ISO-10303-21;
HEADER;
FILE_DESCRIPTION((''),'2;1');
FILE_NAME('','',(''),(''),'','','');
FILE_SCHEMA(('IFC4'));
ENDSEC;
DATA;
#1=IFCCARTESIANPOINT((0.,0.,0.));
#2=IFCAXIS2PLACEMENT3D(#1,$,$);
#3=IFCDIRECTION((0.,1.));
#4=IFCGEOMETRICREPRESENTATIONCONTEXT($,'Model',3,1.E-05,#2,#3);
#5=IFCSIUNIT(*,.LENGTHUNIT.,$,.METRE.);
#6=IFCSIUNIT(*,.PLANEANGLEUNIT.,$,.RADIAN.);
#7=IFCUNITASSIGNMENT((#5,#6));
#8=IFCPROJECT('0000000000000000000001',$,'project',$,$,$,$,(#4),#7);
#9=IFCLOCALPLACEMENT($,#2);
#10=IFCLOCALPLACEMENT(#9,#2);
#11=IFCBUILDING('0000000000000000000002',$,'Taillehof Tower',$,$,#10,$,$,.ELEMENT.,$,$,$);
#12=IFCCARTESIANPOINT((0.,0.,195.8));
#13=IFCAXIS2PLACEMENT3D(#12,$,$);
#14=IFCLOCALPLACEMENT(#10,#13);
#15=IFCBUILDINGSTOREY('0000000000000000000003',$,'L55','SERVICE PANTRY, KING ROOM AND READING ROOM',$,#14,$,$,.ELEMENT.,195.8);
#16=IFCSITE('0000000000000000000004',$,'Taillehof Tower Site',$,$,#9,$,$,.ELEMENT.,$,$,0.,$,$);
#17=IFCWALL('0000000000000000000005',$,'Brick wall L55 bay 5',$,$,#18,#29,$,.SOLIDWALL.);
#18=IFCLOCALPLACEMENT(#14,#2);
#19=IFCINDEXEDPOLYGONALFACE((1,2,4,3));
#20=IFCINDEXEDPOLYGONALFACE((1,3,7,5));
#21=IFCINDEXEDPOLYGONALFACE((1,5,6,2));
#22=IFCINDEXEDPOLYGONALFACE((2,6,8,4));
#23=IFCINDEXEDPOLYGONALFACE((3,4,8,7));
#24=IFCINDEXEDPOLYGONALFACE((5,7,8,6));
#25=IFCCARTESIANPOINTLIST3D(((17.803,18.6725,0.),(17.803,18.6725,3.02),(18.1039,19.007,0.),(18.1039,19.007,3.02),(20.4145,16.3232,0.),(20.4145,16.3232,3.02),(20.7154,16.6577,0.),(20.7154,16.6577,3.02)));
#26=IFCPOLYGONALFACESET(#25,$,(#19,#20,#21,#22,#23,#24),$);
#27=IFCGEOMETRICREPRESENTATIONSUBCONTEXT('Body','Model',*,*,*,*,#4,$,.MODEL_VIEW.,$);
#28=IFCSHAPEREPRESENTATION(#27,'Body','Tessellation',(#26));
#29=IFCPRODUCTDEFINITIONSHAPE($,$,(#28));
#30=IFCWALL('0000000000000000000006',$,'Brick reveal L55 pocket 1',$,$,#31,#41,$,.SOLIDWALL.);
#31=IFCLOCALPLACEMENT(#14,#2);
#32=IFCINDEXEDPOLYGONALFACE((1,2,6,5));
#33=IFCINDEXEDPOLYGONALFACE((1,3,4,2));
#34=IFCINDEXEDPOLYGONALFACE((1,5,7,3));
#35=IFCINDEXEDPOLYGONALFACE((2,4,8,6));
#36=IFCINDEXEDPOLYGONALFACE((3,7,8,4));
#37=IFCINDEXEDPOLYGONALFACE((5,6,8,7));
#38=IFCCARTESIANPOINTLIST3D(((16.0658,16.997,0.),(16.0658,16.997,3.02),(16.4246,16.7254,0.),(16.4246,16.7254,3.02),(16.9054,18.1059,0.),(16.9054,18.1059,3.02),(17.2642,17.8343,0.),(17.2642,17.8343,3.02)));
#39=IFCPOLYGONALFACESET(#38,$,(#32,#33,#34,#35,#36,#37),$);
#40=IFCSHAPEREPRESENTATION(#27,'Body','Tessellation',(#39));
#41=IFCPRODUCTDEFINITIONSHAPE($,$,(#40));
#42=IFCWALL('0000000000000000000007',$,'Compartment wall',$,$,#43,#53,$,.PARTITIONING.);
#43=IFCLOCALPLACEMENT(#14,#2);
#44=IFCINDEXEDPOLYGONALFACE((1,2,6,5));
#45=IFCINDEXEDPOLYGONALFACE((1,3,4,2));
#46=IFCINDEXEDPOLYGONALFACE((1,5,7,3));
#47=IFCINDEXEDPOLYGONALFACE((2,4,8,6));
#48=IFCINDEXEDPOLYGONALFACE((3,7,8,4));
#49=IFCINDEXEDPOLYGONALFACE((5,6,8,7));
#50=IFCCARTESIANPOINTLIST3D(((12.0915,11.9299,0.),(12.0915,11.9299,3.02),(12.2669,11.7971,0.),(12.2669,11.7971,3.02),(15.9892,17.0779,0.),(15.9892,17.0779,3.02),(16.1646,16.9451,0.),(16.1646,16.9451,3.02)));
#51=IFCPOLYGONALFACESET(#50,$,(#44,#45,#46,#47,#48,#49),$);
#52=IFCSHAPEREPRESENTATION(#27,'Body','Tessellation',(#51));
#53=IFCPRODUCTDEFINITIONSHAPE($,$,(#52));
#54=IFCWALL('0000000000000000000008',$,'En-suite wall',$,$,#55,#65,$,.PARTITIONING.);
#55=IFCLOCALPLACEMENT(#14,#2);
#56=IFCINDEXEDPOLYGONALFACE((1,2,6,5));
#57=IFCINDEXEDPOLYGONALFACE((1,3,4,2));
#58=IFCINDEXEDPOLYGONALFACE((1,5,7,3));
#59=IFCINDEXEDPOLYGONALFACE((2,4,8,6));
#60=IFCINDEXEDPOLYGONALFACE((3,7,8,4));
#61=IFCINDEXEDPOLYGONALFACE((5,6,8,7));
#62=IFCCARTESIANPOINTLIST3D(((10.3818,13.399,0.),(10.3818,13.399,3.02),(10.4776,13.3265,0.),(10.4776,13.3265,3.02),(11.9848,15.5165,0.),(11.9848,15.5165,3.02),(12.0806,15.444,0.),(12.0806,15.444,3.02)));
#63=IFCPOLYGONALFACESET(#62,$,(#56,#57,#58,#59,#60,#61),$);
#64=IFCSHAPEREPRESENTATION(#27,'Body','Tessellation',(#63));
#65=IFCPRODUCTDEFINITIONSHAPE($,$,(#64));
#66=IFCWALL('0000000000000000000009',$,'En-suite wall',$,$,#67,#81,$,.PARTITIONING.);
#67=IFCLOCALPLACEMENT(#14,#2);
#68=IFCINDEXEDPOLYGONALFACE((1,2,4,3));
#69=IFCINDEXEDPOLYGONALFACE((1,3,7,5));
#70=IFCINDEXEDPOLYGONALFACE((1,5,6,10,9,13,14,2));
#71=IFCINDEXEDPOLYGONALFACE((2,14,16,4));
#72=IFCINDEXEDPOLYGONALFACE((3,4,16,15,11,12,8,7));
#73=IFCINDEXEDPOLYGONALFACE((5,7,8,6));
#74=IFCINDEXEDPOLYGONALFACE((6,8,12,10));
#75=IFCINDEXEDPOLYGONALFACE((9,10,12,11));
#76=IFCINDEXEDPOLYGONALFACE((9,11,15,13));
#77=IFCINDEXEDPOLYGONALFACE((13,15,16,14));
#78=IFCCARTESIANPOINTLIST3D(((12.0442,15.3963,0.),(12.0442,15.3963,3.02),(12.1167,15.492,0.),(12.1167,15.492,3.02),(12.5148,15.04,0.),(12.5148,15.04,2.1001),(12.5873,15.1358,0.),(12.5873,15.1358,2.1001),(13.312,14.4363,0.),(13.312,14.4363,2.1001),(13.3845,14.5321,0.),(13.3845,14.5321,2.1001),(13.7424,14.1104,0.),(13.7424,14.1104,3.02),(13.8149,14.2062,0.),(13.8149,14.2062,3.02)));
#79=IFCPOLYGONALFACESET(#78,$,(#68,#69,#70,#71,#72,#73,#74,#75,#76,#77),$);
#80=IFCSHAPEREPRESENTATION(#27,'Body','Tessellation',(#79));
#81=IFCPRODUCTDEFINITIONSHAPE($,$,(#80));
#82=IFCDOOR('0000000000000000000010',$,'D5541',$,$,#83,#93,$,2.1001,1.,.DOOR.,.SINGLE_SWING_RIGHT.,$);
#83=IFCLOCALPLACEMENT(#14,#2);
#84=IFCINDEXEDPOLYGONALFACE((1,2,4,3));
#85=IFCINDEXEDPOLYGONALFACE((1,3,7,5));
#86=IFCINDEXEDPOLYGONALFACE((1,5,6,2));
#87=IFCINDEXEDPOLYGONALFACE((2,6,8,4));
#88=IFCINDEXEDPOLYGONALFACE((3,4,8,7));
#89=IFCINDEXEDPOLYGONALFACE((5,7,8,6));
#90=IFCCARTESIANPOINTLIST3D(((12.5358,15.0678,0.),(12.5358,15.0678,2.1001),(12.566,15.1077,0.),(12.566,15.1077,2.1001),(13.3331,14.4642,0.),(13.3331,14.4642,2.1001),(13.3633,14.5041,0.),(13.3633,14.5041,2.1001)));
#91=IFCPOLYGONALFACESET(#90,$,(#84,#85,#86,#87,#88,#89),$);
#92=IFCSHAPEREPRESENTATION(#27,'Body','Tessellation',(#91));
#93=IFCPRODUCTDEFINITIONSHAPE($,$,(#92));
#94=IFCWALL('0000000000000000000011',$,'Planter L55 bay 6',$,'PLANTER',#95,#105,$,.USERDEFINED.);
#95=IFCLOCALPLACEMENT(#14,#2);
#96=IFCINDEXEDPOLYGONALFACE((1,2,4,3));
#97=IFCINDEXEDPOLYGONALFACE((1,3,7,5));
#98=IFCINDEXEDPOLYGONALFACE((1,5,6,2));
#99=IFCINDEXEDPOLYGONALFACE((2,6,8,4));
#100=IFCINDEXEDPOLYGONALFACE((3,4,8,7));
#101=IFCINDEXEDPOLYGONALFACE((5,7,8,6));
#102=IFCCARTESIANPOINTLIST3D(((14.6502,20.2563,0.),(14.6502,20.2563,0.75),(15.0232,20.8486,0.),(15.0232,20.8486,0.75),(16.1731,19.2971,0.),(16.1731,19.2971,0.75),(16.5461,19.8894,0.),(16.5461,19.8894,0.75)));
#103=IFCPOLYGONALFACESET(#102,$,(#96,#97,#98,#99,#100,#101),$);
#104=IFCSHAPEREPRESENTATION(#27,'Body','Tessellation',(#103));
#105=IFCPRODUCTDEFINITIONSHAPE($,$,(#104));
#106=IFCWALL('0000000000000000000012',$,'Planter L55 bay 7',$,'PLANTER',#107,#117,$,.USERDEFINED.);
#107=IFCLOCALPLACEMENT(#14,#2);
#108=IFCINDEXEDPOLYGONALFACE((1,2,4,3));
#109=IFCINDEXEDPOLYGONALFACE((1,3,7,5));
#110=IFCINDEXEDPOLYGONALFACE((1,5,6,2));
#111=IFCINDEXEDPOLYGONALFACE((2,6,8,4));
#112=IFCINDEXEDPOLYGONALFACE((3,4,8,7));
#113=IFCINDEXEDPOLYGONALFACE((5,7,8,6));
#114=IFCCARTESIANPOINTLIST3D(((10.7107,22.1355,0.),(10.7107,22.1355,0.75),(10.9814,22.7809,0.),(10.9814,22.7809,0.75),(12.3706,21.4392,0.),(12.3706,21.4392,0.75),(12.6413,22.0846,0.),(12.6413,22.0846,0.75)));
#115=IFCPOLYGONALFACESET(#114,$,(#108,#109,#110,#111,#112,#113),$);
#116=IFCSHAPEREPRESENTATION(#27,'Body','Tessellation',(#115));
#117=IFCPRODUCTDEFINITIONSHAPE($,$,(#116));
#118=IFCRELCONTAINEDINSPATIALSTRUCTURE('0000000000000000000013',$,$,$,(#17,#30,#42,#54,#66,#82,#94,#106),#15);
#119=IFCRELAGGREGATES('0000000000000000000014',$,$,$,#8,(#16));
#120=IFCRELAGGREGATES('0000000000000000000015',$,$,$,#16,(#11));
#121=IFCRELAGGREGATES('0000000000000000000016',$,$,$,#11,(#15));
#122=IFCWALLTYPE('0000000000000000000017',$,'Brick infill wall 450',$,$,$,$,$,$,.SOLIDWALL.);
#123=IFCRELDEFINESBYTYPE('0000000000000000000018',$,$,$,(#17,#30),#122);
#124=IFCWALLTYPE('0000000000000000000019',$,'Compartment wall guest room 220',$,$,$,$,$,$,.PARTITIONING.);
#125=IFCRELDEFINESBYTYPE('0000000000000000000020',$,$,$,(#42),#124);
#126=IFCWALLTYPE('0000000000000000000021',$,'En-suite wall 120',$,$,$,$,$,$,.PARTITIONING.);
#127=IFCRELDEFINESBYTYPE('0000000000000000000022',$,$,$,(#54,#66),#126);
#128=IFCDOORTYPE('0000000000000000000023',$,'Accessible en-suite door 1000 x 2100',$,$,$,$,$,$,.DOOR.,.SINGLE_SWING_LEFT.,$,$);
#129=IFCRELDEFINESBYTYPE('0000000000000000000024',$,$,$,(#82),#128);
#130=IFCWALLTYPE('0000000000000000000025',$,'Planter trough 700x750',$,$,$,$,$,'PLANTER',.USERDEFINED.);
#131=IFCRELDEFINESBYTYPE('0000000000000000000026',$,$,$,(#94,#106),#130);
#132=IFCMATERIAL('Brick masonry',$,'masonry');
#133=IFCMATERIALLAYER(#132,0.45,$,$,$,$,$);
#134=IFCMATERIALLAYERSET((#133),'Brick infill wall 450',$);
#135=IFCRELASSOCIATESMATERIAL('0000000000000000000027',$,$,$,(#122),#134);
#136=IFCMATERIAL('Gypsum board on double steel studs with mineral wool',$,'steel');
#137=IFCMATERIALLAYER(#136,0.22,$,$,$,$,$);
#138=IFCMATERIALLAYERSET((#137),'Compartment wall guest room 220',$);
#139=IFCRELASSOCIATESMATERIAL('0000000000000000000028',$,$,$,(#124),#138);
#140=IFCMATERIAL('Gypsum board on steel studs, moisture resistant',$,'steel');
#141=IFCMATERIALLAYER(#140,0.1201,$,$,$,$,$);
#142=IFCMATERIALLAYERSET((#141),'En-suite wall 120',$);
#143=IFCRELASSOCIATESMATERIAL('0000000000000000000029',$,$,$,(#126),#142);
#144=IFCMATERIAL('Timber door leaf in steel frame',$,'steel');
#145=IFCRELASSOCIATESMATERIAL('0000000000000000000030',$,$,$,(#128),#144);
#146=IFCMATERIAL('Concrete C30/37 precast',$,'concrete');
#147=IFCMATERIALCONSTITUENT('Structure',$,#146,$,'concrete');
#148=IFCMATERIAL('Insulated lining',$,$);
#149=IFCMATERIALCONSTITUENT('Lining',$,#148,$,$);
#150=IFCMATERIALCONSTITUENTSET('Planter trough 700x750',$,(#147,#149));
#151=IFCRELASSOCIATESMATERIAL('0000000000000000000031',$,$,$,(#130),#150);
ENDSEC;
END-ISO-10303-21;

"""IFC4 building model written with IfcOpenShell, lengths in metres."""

from ifc_helpers import new_model, si_unit, direction, frame, frame_2d, origin, place, context, subcontext, project, spatial, rectangle, extrude, material, layer, layer_set, constituent, constituent_set, type_object, element, fill, save


model = new_model("IFC4")

# Units and contexts
model_context = context("Model", 3, precision=1e-05, world=origin(), true_north=direction((0.0, 1.0)))
body_context = subcontext(model_context, "Body", "Model", "MODEL_VIEW")
ifc_project = project(units=[si_unit("LENGTHUNIT", "METRE"), si_unit("PLANEANGLEUNIT", "RADIAN")], contexts=[model_context])

# Site, building, storey
site_placement = place(None, origin())
site = spatial("IfcSite", under=ifc_project, at=site_placement, Name="Taillehof Tower Site", CompositionType="ELEMENT", RefElevation=0.0)
building_placement = place(site_placement, origin())
building = spatial("IfcBuilding", under=site, at=building_placement, Name="Taillehof Tower", CompositionType="ELEMENT")
storey_placement = place(building_placement, frame((0.0, 0.0, 195.8)))
storey = spatial("IfcBuildingStorey", under=building, at=storey_placement, Name="L55", Description="SERVICE PANTRY, KING ROOM AND READING ROOM", CompositionType="ELEMENT", Elevation=195.8)

# Shared definitions
ifc_material_1 = material(Name="Brick masonry", Category="masonry")
ifc_layer_1 = layer(ifc_material_1, 0.45)
ifc_layer_set_1 = layer_set([ifc_layer_1], Name="Brick infill wall 450")
wall_type_1 = type_object("IfcWallType", Name="Brick infill wall 450", PredefinedType="SOLIDWALL", material=ifc_layer_set_1)

# Walls
wall_1_placement = place(storey_placement, frame((20.5649, 16.4905, 0.0), z_axis=(0.0, 0.0, 1.0), x_axis=(-0.743443, 0.6688, 0.0)))
element("IfcWall", 1, at=wall_1_placement, inside=storey, type_object=wall_type_1, Name="Brick wall L55 bay 5", PredefinedType="SOLIDWALL", context=body_context, shape_type="SweptSolid", body=[
    extrude(rectangle(XDim=3.5127, YDim=0.45, at=frame_2d((1.7563, 0.0))), origin(), (0.0, 0.0, 1.0), 3.02),
])
wall_2_placement = place(storey_placement, frame((17.0847, 17.97, 0.0), z_axis=(0.0, 0.0, 1.0), x_axis=(-0.603645, -0.797253, 0.0)))
element("IfcWall", 2, at=wall_2_placement, inside=storey, type_object=wall_type_1, Name="Brick reveal L55 pocket 1", PredefinedType="SOLIDWALL", context=body_context, shape_type="SweptSolid", body=[
    extrude(rectangle(XDim=1.3909, YDim=0.45, at=frame_2d((0.6953, 0.0))), origin(), (0.0, 0.0, 1.0), 3.02),
])

# Walls
ifc_material_2 = material(Name="Gypsum board on double steel studs with mineral wool", Category="steel")
ifc_layer_2 = layer(ifc_material_2, 0.22)
ifc_layer_set_2 = layer_set([ifc_layer_2], Name="Compartment wall guest room 220")
wall_type_2 = type_object("IfcWallType", Name="Compartment wall guest room 220", PredefinedType="PARTITIONING", material=ifc_layer_set_2)
wall_3_placement = place(storey_placement, frame((16.0769, 17.0115, 0.0), z_axis=(0.0, 0.0, 1.0), x_axis=(-0.603636, -0.79726, 0.0)))
element("IfcWall", 3, at=wall_3_placement, inside=storey, type_object=wall_type_2, Name="Compartment wall", PredefinedType="PARTITIONING", context=body_context, shape_type="SweptSolid", body=[
    extrude(rectangle(XDim=6.457, YDim=0.22, at=frame_2d((3.2285, 0.0))), origin(), (0.0, 0.0, 1.0), 3.02),
])
ifc_material_3 = material(Name="Gypsum board on steel studs, moisture resistant", Category="steel")
ifc_layer_3 = layer(ifc_material_3, 0.1201)
ifc_layer_set_3 = layer_set([ifc_layer_3], Name="En-suite wall 120")
wall_type_3 = type_object("IfcWallType", Name="En-suite wall 120", PredefinedType="PARTITIONING", material=ifc_layer_set_3)
wall_4_placement = place(storey_placement, frame((10.4297, 13.3628, 0.0), z_axis=(0.0, 0.0, 1.0), x_axis=(0.603597, 0.797289, 0.0)))
element("IfcWall", 4, at=wall_4_placement, inside=storey, type_object=wall_type_3, Name="En-suite wall", PredefinedType="PARTITIONING", context=body_context, shape_type="SweptSolid", body=[
    extrude(rectangle(XDim=2.6558, YDim=0.1201, at=frame_2d((1.3279, 0.0))), origin(), (0.0, 0.0, 1.0), 3.02),
])

# Wall, opening, door
wall_5_placement = place(storey_placement, frame((12.0806, 15.4441, 0.0), z_axis=(0.0, 0.0, 1.0), x_axis=(0.797241, -0.603661, 0.0)))
wall_5 = element("IfcWall", 5, at=wall_5_placement, inside=storey, type_object=wall_type_3, Name="En-suite wall", PredefinedType="PARTITIONING", context=body_context, shape_type="SweptSolid", body=[
    extrude(rectangle(XDim=2.1301, YDim=0.1201, at=frame_2d((1.0649, 0.0))), origin(), (0.0, 0.0, 1.0), 3.02),
])
opening_1_placement = place(wall_5_placement, frame((0.5901, 0.0, 0.0)))
opening_1 = element("IfcOpeningElement", 6, at=opening_1_placement, cuts=wall_5, PredefinedType="OPENING", context=body_context, shape_type="SweptSolid", body=[
    extrude(rectangle(XDim=1.0, YDim=2.1001, at=frame_2d((0.5, 1.05))), frame((0.0, 0.0701, 0.0), z_axis=(0.0, -1.0, 0.0), x_axis=(1.0, 0.0, 0.0)), (0.0, 0.0, 1.0), 0.1401),
])
ifc_material_4 = material(Name="Timber door leaf in steel frame", Category="steel")
door_type_1 = type_object("IfcDoorType", Name="Accessible en-suite door 1000 x 2100", OperationType="SINGLE_SWING_LEFT", PredefinedType="DOOR", material=ifc_material_4)
door_1_placement = place(opening_1_placement, origin())
door_1 = element("IfcDoor", 7, at=door_1_placement, inside=storey, type_object=door_type_1, Name="D5541", OperationType="SINGLE_SWING_RIGHT", OverallHeight=2.1001, OverallWidth=1.0, PredefinedType="DOOR", context=body_context, shape_type="SweptSolid", body=[
    extrude(rectangle(XDim=1.0, YDim=2.1001, at=frame_2d((0.5, 1.05))), frame((0.0, 0.0249, 0.0), z_axis=(0.0, -1.0, 0.0), x_axis=(1.0, 0.0, 0.0)), (0.0, 0.0, 1.0), 0.05),
])
fill(opening_1, door_1)

# Walls
ifc_material_5 = material(Name="Concrete C30/37 precast", Category="concrete")
ifc_constituent_1 = constituent(ifc_material_5, Name="Structure", Category="concrete")
ifc_material_6 = material(Name="Insulated lining")
ifc_constituent_2 = constituent(ifc_material_6, Name="Lining")
ifc_constituent_set = constituent_set(constituents=[ifc_constituent_1, ifc_constituent_2], Name="Planter trough 700x750")
wall_type_4 = type_object("IfcWallType", Name="Planter trough 700x750", ElementType="PLANTER", PredefinedType="USERDEFINED", material=ifc_constituent_set)
wall_6_placement = place(storey_placement, frame((16.3596, 19.5933, 0.0), z_axis=(0.0, 0.0, 1.0), x_axis=(-0.846149, 0.532946, 0.0)))
element("IfcWall", 8, at=wall_6_placement, inside=storey, type_object=wall_type_4, Name="Planter L55 bay 6", ObjectType="PLANTER", PredefinedType="USERDEFINED", context=body_context, shape_type="SweptSolid", body=[
    extrude(rectangle(XDim=1.7998, YDim=0.7, at=frame_2d((0.8999, 0.0))), origin(), (0.0, 0.0, 1.0), 0.75),
])
wall_7_placement = place(storey_placement, frame((12.5059, 21.762, 0.0), z_axis=(0.0, 0.0, 1.0), x_axis=(-0.922155, 0.38682, 0.0)))
element("IfcWall", 9, at=wall_7_placement, inside=storey, type_object=wall_type_4, Name="Planter L55 bay 7", ObjectType="PLANTER", PredefinedType="USERDEFINED", context=body_context, shape_type="SweptSolid", body=[
    extrude(rectangle(XDim=1.8, YDim=0.7, at=frame_2d((0.8999, 0.0))), origin(), (0.0, 0.0, 1.0), 0.75),
])

save(model, "model.ifc")
